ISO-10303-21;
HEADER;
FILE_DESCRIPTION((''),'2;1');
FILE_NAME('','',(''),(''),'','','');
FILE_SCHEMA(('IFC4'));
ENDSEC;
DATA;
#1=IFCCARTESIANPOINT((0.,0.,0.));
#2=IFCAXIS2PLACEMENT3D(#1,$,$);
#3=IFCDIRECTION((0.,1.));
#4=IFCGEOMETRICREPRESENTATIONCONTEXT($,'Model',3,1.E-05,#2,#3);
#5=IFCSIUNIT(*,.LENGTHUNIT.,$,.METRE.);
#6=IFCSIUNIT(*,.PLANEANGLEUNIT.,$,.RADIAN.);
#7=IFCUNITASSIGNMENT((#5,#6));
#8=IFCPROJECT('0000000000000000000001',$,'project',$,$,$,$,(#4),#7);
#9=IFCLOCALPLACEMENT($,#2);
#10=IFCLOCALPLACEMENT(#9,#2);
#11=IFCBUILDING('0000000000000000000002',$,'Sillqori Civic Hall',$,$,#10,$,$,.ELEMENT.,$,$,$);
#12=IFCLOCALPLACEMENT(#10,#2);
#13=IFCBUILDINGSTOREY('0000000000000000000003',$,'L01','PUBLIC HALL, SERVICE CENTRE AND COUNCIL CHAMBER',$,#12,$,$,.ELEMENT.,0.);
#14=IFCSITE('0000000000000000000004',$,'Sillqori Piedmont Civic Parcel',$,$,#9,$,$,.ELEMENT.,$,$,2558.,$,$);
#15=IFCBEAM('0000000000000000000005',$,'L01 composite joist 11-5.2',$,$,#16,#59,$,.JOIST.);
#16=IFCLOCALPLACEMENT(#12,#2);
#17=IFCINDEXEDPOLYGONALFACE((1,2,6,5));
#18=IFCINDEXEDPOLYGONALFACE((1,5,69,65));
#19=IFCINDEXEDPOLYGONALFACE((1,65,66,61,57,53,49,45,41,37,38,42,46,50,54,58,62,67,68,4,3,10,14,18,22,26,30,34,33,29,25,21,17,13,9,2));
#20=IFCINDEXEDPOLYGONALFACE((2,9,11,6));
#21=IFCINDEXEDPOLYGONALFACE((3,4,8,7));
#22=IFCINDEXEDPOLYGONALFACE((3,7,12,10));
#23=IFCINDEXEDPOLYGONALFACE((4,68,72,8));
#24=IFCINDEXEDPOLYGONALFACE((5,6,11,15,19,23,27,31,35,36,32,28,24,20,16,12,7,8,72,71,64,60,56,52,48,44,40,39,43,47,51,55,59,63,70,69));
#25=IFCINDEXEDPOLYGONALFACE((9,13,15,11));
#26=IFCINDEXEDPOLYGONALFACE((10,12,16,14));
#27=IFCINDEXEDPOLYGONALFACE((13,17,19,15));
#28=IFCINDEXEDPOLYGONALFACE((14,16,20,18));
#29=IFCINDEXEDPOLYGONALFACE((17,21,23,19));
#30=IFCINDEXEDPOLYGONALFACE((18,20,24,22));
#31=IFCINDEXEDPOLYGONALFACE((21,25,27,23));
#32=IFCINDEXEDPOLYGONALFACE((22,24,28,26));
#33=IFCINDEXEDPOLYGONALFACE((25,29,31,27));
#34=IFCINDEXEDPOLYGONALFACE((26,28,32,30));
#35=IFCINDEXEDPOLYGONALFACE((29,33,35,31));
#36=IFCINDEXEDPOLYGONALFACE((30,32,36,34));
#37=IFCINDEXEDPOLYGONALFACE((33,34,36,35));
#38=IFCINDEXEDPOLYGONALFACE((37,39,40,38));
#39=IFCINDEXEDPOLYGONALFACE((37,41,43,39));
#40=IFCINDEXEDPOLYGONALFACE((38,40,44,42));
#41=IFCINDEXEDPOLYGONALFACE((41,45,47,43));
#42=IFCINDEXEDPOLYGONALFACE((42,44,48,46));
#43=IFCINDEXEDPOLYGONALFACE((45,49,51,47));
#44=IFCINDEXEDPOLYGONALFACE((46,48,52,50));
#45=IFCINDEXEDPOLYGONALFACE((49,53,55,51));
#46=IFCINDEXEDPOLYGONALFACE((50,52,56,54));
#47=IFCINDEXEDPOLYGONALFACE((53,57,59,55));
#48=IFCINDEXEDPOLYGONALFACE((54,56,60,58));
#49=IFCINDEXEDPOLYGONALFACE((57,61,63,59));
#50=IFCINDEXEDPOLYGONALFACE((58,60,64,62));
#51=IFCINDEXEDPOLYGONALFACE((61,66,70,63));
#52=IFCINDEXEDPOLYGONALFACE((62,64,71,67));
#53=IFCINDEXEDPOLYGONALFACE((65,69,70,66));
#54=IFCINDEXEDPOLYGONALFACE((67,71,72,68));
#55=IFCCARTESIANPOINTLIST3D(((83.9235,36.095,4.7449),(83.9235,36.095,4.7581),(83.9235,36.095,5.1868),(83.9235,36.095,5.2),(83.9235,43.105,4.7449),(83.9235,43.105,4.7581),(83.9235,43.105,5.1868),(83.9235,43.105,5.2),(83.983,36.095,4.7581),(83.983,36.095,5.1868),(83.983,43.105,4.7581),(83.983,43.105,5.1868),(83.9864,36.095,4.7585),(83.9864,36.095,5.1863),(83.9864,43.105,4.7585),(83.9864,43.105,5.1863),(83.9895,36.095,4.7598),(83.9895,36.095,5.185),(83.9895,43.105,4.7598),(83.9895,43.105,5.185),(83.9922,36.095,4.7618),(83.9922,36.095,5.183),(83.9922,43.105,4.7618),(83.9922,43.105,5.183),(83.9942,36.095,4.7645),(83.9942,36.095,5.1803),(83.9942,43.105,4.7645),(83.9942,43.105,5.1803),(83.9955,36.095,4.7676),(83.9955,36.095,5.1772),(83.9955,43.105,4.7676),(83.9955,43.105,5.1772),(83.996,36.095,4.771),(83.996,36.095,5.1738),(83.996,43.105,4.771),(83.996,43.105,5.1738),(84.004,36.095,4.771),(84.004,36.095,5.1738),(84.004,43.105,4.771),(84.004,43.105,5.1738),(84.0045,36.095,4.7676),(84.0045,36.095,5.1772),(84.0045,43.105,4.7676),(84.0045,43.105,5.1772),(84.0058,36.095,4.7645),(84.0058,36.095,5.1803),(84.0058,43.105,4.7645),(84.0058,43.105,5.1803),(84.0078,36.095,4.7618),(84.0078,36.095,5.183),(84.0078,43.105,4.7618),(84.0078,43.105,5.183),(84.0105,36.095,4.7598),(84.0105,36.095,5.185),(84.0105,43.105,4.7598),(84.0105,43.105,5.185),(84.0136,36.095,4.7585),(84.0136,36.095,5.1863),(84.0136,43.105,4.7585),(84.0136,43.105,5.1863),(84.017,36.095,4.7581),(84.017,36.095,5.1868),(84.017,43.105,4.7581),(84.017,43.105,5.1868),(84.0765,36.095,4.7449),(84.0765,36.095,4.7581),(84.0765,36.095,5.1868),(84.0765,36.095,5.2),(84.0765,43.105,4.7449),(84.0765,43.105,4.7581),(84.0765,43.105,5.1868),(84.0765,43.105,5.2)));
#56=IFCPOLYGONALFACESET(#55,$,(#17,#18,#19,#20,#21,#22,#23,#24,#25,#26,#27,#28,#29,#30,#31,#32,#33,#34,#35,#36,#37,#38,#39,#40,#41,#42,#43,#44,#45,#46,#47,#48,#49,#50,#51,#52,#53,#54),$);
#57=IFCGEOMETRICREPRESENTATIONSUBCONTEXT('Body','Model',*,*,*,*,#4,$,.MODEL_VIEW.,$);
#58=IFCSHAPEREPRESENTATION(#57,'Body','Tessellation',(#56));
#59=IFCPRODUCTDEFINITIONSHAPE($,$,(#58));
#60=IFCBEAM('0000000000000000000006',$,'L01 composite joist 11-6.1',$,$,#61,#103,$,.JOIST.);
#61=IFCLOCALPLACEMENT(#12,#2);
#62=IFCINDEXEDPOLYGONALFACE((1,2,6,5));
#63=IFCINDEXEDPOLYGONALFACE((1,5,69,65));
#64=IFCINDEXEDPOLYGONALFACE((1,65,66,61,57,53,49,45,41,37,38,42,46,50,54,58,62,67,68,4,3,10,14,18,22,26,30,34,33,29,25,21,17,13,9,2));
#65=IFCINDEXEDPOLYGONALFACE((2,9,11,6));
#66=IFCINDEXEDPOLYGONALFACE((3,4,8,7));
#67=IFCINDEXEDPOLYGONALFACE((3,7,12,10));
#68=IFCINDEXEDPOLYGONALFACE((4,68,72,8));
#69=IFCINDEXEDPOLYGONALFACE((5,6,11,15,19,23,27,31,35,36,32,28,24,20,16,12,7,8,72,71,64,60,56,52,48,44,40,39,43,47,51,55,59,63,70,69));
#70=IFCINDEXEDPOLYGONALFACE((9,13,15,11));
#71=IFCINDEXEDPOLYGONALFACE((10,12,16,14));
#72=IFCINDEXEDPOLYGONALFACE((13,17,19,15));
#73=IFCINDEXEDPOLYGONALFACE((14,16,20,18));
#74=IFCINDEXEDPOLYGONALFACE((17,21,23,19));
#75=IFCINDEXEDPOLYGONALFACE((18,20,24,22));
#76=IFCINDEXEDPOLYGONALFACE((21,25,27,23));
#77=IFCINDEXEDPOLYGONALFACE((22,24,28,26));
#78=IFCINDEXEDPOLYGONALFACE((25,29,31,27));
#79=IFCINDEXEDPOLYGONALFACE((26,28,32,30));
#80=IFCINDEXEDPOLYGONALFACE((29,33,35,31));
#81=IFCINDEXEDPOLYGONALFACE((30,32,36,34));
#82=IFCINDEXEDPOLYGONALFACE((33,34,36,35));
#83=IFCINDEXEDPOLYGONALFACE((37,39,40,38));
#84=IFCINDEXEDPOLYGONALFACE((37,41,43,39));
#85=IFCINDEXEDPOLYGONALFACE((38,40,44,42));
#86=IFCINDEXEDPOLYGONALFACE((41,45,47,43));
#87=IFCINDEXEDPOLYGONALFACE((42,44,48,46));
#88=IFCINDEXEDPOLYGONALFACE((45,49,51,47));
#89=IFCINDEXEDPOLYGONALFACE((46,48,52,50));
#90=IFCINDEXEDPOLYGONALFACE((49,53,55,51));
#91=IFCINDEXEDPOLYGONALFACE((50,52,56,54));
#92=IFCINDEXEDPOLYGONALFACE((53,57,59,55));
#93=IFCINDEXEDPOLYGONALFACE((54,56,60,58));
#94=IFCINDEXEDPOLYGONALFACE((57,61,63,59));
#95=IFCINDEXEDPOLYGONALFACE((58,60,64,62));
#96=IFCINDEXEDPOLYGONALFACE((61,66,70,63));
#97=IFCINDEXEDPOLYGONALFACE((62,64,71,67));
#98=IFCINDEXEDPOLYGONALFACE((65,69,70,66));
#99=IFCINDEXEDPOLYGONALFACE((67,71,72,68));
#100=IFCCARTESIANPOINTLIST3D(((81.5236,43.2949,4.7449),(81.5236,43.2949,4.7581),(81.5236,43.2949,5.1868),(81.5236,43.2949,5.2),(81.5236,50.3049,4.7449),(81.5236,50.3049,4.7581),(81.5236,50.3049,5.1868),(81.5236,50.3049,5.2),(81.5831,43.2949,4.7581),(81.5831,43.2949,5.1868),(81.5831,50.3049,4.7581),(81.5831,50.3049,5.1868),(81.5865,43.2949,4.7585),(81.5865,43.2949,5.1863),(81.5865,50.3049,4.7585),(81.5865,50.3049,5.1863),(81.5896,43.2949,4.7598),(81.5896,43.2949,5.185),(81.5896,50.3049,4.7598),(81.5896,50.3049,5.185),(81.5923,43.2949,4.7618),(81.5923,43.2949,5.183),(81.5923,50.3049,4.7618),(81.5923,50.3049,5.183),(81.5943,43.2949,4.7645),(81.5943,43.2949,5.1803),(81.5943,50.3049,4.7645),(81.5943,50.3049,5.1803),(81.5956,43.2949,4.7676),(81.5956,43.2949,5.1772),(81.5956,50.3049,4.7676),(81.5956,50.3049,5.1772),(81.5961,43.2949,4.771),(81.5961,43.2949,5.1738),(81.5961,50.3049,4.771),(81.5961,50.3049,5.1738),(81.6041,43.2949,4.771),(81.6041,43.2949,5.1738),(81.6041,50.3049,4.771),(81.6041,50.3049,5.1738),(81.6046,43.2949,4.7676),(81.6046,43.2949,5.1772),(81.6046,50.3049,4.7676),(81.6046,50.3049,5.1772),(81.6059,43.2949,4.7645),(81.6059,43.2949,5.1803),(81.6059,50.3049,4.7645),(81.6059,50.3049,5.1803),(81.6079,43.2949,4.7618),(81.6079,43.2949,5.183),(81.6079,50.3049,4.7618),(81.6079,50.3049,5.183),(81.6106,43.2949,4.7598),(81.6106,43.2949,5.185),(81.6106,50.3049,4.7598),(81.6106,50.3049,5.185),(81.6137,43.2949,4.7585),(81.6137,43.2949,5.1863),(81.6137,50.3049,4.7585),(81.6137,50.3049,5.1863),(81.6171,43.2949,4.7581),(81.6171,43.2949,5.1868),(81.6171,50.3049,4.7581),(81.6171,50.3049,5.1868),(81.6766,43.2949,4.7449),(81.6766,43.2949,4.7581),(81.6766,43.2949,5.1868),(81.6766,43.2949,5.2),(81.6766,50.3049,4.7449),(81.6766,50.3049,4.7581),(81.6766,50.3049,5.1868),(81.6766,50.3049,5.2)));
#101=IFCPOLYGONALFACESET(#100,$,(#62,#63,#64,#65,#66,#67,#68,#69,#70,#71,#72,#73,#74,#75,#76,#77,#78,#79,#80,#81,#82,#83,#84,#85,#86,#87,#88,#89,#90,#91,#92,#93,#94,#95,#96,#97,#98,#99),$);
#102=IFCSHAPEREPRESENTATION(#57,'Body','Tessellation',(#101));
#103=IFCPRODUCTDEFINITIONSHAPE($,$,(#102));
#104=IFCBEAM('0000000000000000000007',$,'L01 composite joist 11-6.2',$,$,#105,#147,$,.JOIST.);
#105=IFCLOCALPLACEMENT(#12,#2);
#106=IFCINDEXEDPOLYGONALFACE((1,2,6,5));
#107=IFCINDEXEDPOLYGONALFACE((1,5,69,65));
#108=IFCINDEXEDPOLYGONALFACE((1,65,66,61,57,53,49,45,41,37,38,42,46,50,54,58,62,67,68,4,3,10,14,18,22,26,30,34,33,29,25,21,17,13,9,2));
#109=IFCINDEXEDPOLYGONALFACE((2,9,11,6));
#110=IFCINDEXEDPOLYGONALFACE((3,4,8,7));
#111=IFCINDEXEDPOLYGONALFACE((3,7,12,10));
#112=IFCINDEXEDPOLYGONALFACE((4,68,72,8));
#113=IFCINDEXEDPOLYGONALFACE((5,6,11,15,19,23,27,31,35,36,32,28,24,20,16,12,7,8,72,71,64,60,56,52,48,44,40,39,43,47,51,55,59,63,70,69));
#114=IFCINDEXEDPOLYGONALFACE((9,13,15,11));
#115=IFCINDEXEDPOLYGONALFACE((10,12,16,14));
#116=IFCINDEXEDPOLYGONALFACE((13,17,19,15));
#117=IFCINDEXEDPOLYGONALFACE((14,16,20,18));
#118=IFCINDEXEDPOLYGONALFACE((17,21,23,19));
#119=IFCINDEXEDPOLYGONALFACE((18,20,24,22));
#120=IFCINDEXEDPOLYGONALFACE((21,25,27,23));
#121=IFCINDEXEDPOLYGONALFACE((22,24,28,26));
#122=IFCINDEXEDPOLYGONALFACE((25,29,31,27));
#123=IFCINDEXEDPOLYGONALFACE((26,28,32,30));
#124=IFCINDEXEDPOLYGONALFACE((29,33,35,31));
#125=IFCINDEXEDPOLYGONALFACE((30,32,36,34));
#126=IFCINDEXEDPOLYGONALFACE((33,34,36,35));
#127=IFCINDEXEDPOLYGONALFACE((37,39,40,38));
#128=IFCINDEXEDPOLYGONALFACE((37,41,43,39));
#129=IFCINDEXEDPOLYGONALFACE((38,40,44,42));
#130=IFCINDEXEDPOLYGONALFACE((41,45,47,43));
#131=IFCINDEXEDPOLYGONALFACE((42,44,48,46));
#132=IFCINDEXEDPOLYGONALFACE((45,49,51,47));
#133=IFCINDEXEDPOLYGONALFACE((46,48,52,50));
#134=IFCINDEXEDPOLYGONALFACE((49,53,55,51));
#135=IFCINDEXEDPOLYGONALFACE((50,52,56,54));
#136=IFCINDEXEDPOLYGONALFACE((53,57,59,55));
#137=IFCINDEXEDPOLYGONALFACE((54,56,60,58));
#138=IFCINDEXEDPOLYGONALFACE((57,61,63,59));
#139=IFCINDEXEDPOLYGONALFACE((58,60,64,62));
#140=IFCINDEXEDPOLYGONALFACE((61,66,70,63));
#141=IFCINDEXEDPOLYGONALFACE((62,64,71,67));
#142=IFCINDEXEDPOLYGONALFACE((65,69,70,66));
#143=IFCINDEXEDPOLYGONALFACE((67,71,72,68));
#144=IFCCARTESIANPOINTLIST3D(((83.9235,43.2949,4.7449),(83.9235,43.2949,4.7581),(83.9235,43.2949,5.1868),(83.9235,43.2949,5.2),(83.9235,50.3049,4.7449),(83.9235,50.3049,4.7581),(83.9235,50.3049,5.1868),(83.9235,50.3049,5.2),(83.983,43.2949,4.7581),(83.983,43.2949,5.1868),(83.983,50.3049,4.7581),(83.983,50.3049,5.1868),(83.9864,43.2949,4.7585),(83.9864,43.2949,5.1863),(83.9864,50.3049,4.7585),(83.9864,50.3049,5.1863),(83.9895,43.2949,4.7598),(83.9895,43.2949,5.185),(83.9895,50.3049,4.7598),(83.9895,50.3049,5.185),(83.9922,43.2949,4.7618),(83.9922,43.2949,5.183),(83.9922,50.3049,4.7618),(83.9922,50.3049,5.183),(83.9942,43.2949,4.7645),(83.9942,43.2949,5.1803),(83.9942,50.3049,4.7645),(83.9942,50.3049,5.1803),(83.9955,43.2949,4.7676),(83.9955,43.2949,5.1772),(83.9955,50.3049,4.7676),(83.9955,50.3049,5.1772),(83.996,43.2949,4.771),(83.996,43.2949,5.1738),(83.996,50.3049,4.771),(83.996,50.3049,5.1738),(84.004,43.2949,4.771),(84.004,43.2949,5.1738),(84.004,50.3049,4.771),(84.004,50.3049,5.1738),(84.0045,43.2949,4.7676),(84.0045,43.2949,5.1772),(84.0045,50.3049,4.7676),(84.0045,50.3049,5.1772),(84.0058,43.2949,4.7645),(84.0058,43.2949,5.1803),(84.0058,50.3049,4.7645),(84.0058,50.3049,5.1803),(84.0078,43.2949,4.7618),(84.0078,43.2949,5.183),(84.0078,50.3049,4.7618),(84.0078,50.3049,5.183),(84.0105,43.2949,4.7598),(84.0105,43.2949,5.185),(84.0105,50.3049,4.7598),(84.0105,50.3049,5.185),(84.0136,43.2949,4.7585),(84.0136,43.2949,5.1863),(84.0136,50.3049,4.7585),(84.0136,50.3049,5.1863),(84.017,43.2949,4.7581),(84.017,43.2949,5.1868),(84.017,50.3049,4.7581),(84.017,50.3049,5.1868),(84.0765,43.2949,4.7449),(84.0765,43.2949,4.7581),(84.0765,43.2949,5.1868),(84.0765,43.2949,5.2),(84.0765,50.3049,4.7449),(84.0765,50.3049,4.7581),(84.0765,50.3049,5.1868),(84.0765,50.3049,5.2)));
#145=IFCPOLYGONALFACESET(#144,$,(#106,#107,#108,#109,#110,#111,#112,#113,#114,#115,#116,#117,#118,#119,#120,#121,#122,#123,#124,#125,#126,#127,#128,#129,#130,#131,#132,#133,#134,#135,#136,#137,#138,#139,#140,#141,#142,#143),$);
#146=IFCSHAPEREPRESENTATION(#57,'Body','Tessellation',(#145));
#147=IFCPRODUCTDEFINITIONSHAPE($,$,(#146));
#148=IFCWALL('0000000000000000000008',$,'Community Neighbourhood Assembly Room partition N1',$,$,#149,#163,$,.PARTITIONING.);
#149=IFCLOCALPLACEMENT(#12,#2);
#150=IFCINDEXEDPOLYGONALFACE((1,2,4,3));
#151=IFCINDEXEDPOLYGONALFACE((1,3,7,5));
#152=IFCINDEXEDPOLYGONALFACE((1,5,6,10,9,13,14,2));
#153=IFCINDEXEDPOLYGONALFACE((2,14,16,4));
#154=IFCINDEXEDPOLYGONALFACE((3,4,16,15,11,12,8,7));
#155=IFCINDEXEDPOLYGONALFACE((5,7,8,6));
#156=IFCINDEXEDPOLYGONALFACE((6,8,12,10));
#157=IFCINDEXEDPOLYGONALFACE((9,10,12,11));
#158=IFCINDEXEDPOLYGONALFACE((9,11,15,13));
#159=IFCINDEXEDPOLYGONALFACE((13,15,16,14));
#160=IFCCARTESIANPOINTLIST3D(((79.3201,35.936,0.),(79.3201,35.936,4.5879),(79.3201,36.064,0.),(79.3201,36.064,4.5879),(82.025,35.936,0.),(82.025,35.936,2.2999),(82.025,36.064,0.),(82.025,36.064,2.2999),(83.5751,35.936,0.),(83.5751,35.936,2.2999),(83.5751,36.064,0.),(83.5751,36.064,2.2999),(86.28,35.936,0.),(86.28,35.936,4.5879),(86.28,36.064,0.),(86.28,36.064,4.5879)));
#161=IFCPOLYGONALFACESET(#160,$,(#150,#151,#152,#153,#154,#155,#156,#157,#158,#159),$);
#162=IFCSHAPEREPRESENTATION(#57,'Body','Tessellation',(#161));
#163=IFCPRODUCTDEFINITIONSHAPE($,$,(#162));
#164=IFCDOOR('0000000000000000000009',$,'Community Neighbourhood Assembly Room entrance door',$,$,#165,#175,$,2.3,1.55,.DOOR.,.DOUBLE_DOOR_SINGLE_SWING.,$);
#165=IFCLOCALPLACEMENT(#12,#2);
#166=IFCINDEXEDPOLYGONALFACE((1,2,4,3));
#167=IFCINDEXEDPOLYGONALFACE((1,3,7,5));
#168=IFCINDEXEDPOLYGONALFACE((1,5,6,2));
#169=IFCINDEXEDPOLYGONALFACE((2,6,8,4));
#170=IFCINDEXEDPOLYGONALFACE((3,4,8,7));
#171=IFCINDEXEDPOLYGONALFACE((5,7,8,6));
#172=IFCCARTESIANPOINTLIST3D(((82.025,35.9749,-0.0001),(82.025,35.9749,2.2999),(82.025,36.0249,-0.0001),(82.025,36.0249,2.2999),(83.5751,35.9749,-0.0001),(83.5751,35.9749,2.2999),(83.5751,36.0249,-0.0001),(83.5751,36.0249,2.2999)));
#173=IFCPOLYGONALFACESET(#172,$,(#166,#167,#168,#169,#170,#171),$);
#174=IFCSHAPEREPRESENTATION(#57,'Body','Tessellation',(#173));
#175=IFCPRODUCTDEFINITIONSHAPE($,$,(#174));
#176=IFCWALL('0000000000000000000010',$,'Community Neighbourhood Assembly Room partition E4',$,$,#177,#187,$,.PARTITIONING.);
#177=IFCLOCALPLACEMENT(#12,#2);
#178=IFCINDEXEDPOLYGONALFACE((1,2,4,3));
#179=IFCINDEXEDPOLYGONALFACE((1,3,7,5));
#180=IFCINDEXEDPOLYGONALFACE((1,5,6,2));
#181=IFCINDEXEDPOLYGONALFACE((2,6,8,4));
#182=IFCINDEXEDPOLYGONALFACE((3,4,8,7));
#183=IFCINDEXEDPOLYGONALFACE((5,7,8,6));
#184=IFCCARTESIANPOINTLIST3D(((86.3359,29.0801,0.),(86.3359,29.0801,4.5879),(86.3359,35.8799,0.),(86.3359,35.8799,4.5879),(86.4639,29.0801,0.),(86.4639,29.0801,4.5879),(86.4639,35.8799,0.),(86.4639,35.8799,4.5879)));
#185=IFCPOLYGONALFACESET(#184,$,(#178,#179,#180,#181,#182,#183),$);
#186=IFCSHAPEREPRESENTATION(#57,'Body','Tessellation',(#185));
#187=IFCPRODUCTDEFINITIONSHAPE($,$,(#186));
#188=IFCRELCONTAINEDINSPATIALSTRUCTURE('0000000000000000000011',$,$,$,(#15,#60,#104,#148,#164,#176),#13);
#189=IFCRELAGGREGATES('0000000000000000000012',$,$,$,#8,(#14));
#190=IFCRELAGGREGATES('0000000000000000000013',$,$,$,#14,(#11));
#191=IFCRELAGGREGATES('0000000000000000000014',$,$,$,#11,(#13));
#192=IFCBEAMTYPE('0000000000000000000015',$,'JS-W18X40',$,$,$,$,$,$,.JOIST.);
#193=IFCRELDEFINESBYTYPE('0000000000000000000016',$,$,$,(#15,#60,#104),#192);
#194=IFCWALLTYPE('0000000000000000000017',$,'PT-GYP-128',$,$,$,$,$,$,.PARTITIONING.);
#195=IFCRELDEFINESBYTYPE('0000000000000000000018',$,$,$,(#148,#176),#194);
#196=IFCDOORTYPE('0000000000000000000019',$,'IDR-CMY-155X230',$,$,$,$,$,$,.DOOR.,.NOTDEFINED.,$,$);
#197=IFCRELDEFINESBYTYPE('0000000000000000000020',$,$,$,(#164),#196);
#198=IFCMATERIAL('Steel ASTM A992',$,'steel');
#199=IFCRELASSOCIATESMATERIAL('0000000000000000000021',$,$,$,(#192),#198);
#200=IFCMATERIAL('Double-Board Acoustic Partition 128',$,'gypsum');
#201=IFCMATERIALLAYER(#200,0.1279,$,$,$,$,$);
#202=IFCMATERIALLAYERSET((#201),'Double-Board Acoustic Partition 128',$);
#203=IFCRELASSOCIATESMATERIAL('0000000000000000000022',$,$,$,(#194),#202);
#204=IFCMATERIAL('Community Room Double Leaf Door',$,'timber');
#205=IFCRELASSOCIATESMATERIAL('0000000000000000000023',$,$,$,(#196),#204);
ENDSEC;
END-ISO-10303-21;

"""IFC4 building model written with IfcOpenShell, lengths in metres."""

from ifc_helpers import new_model, si_unit, direction, frame, frame_2d, origin, origin_2d, place, context, subcontext, project, spatial, rectangle, i_section, extrude, material, layer, layer_set, material_profile, profile_set, type_object, element, fill, save


model = new_model("IFC4")

# Units and contexts
model_context = context("Model", 3, precision=1e-05, world=origin(), true_north=direction((0.0, 1.0)))
body_context = subcontext(model_context, "Body", "Model", "MODEL_VIEW")
ifc_project = project(units=[si_unit("LENGTHUNIT", "METRE"), si_unit("PLANEANGLEUNIT", "RADIAN")], contexts=[model_context])

# Site, building, storey
site_placement = place(None, origin())
site = spatial("IfcSite", under=ifc_project, at=site_placement, Name="Sillqori Piedmont Civic Parcel", CompositionType="ELEMENT", RefElevation=2558.0)
building_placement = place(site_placement, origin())
building = spatial("IfcBuilding", under=site, at=building_placement, Name="Sillqori Civic Hall", CompositionType="ELEMENT")
storey_placement = place(building_placement, origin())
storey = spatial("IfcBuildingStorey", under=building, at=storey_placement, Name="L01", Description="PUBLIC HALL, SERVICE CENTRE AND COUNCIL CHAMBER", CompositionType="ELEMENT", Elevation=0.0)

# Shared definitions
ifc_material_1 = material(Name="Steel ASTM A992", Category="steel")

# Beams
ifc_material_profile_1 = material_profile(ifc_material_1, i_section(OverallWidth=0.1531, OverallDepth=0.4551, WebThickness=0.0081, FlangeThickness=0.0132, FilletRadius=0.0129, at=origin_2d()), Name="W18X40")
ifc_profile_set_1 = profile_set([ifc_material_profile_1], Name="Steel ASTM A992")
beam_type_1 = type_object("IfcBeamType", Name="JS-W18X40", PredefinedType="JOIST", material=ifc_profile_set_1)
for number, where, z_axis, x_axis, name in (
    (1, (84.0, 36.095, 4.9724), (0.0, 1.0, 0.0), (-1.0, 0.0, 0.0), "L01 composite joist 11-5.2"),
    (2, (81.6001, 43.2949, 4.9724), (0.0, 1.0, 0.0), (-1.0, 0.0, 0.0), "L01 composite joist 11-6.1"),
    (3, (84.0, 43.2949, 4.9724), (0.0, 1.0, 0.0), (-1.0, 0.0, 0.0), "L01 composite joist 11-6.2"),
):
    element("IfcBeam", number, at=place(storey_placement, frame(where, z_axis=z_axis, x_axis=x_axis)), inside=storey, type_object=beam_type_1, Name=name, PredefinedType="JOIST", context=body_context, shape_type="SweptSolid", body=[
        extrude(i_section(OverallWidth=0.1531, OverallDepth=0.4551, WebThickness=0.0081, FlangeThickness=0.0132, FilletRadius=0.0129, at=origin_2d()), origin(), (0.0, 0.0, 1.0), 7.01),
    ])

# Wall, opening, door
ifc_material_2 = material(Name="Double-Board Acoustic Partition 128", Category="gypsum")
ifc_layer_1 = layer(ifc_material_2, 0.1279)
ifc_layer_set_1 = layer_set([ifc_layer_1], Name="Double-Board Acoustic Partition 128")
wall_type_1 = type_object("IfcWallType", Name="PT-GYP-128", PredefinedType="PARTITIONING", material=ifc_layer_set_1)
wall_1_placement = place(storey_placement, frame((79.3201, 36.0, 0.0), z_axis=(0.0, 0.0, 1.0), x_axis=(1.0, 0.0, 0.0)))
wall_1 = element("IfcWall", 4, at=wall_1_placement, inside=storey, type_object=wall_type_1, Name="Community Neighbourhood Assembly Room partition N1", PredefinedType="PARTITIONING", context=body_context, shape_type="SweptSolid", body=[
    extrude(rectangle(XDim=6.96, YDim=0.1279, at=frame_2d((3.48, 0.0))), origin(), (0.0, 0.0, 1.0), 4.5879),
])
opening_1_placement = place(wall_1_placement, frame((2.7051, 0.0, 0.0)))
opening_1 = element("IfcOpeningElement", 5, at=opening_1_placement, cuts=wall_1, PredefinedType="OPENING", context=body_context, shape_type="SweptSolid", body=[
    extrude(rectangle(XDim=1.55, YDim=2.3, at=frame_2d((0.7749, 1.1499))), frame((0.0, 0.074, 0.0), z_axis=(0.0, -1.0, 0.0), x_axis=(1.0, 0.0, 0.0)), (0.0, 0.0, 1.0), 0.1479),
])
ifc_material_3 = material(Name="Community Room Double Leaf Door", Category="timber")
door_type_1 = type_object("IfcDoorType", Name="IDR-CMY-155X230", OperationType="NOTDEFINED", PredefinedType="DOOR", material=ifc_material_3)
door_1_placement = place(opening_1_placement, origin())
door_1 = element("IfcDoor", 6, at=door_1_placement, inside=storey, type_object=door_type_1, Name="Community Neighbourhood Assembly Room entrance door", OperationType="DOUBLE_DOOR_SINGLE_SWING", OverallHeight=2.3, OverallWidth=1.55, PredefinedType="DOOR", context=body_context, shape_type="SweptSolid", body=[
    extrude(rectangle(XDim=1.55, YDim=2.3, at=frame_2d((0.7749, 1.1499))), frame((0.0, 0.0249, 0.0), z_axis=(0.0, -1.0, 0.0), x_axis=(1.0, 0.0, 0.0)), (0.0, 0.0, 1.0), 0.05),
])
fill(opening_1, door_1)

# Wall
wall_2_placement = place(storey_placement, frame((86.3999, 35.8799, 0.0), z_axis=(0.0, 0.0, 1.0), x_axis=(0.0, -1.0, 0.0)))
element("IfcWall", 7, at=wall_2_placement, inside=storey, type_object=wall_type_1, Name="Community Neighbourhood Assembly Room partition E4", PredefinedType="PARTITIONING", context=body_context, shape_type="SweptSolid", body=[
    extrude(rectangle(XDim=6.7998, YDim=0.1279, at=frame_2d((3.3999, 0.0))), origin(), (0.0, 0.0, 1.0), 4.5879),
])

save(model, "model.ifc")
